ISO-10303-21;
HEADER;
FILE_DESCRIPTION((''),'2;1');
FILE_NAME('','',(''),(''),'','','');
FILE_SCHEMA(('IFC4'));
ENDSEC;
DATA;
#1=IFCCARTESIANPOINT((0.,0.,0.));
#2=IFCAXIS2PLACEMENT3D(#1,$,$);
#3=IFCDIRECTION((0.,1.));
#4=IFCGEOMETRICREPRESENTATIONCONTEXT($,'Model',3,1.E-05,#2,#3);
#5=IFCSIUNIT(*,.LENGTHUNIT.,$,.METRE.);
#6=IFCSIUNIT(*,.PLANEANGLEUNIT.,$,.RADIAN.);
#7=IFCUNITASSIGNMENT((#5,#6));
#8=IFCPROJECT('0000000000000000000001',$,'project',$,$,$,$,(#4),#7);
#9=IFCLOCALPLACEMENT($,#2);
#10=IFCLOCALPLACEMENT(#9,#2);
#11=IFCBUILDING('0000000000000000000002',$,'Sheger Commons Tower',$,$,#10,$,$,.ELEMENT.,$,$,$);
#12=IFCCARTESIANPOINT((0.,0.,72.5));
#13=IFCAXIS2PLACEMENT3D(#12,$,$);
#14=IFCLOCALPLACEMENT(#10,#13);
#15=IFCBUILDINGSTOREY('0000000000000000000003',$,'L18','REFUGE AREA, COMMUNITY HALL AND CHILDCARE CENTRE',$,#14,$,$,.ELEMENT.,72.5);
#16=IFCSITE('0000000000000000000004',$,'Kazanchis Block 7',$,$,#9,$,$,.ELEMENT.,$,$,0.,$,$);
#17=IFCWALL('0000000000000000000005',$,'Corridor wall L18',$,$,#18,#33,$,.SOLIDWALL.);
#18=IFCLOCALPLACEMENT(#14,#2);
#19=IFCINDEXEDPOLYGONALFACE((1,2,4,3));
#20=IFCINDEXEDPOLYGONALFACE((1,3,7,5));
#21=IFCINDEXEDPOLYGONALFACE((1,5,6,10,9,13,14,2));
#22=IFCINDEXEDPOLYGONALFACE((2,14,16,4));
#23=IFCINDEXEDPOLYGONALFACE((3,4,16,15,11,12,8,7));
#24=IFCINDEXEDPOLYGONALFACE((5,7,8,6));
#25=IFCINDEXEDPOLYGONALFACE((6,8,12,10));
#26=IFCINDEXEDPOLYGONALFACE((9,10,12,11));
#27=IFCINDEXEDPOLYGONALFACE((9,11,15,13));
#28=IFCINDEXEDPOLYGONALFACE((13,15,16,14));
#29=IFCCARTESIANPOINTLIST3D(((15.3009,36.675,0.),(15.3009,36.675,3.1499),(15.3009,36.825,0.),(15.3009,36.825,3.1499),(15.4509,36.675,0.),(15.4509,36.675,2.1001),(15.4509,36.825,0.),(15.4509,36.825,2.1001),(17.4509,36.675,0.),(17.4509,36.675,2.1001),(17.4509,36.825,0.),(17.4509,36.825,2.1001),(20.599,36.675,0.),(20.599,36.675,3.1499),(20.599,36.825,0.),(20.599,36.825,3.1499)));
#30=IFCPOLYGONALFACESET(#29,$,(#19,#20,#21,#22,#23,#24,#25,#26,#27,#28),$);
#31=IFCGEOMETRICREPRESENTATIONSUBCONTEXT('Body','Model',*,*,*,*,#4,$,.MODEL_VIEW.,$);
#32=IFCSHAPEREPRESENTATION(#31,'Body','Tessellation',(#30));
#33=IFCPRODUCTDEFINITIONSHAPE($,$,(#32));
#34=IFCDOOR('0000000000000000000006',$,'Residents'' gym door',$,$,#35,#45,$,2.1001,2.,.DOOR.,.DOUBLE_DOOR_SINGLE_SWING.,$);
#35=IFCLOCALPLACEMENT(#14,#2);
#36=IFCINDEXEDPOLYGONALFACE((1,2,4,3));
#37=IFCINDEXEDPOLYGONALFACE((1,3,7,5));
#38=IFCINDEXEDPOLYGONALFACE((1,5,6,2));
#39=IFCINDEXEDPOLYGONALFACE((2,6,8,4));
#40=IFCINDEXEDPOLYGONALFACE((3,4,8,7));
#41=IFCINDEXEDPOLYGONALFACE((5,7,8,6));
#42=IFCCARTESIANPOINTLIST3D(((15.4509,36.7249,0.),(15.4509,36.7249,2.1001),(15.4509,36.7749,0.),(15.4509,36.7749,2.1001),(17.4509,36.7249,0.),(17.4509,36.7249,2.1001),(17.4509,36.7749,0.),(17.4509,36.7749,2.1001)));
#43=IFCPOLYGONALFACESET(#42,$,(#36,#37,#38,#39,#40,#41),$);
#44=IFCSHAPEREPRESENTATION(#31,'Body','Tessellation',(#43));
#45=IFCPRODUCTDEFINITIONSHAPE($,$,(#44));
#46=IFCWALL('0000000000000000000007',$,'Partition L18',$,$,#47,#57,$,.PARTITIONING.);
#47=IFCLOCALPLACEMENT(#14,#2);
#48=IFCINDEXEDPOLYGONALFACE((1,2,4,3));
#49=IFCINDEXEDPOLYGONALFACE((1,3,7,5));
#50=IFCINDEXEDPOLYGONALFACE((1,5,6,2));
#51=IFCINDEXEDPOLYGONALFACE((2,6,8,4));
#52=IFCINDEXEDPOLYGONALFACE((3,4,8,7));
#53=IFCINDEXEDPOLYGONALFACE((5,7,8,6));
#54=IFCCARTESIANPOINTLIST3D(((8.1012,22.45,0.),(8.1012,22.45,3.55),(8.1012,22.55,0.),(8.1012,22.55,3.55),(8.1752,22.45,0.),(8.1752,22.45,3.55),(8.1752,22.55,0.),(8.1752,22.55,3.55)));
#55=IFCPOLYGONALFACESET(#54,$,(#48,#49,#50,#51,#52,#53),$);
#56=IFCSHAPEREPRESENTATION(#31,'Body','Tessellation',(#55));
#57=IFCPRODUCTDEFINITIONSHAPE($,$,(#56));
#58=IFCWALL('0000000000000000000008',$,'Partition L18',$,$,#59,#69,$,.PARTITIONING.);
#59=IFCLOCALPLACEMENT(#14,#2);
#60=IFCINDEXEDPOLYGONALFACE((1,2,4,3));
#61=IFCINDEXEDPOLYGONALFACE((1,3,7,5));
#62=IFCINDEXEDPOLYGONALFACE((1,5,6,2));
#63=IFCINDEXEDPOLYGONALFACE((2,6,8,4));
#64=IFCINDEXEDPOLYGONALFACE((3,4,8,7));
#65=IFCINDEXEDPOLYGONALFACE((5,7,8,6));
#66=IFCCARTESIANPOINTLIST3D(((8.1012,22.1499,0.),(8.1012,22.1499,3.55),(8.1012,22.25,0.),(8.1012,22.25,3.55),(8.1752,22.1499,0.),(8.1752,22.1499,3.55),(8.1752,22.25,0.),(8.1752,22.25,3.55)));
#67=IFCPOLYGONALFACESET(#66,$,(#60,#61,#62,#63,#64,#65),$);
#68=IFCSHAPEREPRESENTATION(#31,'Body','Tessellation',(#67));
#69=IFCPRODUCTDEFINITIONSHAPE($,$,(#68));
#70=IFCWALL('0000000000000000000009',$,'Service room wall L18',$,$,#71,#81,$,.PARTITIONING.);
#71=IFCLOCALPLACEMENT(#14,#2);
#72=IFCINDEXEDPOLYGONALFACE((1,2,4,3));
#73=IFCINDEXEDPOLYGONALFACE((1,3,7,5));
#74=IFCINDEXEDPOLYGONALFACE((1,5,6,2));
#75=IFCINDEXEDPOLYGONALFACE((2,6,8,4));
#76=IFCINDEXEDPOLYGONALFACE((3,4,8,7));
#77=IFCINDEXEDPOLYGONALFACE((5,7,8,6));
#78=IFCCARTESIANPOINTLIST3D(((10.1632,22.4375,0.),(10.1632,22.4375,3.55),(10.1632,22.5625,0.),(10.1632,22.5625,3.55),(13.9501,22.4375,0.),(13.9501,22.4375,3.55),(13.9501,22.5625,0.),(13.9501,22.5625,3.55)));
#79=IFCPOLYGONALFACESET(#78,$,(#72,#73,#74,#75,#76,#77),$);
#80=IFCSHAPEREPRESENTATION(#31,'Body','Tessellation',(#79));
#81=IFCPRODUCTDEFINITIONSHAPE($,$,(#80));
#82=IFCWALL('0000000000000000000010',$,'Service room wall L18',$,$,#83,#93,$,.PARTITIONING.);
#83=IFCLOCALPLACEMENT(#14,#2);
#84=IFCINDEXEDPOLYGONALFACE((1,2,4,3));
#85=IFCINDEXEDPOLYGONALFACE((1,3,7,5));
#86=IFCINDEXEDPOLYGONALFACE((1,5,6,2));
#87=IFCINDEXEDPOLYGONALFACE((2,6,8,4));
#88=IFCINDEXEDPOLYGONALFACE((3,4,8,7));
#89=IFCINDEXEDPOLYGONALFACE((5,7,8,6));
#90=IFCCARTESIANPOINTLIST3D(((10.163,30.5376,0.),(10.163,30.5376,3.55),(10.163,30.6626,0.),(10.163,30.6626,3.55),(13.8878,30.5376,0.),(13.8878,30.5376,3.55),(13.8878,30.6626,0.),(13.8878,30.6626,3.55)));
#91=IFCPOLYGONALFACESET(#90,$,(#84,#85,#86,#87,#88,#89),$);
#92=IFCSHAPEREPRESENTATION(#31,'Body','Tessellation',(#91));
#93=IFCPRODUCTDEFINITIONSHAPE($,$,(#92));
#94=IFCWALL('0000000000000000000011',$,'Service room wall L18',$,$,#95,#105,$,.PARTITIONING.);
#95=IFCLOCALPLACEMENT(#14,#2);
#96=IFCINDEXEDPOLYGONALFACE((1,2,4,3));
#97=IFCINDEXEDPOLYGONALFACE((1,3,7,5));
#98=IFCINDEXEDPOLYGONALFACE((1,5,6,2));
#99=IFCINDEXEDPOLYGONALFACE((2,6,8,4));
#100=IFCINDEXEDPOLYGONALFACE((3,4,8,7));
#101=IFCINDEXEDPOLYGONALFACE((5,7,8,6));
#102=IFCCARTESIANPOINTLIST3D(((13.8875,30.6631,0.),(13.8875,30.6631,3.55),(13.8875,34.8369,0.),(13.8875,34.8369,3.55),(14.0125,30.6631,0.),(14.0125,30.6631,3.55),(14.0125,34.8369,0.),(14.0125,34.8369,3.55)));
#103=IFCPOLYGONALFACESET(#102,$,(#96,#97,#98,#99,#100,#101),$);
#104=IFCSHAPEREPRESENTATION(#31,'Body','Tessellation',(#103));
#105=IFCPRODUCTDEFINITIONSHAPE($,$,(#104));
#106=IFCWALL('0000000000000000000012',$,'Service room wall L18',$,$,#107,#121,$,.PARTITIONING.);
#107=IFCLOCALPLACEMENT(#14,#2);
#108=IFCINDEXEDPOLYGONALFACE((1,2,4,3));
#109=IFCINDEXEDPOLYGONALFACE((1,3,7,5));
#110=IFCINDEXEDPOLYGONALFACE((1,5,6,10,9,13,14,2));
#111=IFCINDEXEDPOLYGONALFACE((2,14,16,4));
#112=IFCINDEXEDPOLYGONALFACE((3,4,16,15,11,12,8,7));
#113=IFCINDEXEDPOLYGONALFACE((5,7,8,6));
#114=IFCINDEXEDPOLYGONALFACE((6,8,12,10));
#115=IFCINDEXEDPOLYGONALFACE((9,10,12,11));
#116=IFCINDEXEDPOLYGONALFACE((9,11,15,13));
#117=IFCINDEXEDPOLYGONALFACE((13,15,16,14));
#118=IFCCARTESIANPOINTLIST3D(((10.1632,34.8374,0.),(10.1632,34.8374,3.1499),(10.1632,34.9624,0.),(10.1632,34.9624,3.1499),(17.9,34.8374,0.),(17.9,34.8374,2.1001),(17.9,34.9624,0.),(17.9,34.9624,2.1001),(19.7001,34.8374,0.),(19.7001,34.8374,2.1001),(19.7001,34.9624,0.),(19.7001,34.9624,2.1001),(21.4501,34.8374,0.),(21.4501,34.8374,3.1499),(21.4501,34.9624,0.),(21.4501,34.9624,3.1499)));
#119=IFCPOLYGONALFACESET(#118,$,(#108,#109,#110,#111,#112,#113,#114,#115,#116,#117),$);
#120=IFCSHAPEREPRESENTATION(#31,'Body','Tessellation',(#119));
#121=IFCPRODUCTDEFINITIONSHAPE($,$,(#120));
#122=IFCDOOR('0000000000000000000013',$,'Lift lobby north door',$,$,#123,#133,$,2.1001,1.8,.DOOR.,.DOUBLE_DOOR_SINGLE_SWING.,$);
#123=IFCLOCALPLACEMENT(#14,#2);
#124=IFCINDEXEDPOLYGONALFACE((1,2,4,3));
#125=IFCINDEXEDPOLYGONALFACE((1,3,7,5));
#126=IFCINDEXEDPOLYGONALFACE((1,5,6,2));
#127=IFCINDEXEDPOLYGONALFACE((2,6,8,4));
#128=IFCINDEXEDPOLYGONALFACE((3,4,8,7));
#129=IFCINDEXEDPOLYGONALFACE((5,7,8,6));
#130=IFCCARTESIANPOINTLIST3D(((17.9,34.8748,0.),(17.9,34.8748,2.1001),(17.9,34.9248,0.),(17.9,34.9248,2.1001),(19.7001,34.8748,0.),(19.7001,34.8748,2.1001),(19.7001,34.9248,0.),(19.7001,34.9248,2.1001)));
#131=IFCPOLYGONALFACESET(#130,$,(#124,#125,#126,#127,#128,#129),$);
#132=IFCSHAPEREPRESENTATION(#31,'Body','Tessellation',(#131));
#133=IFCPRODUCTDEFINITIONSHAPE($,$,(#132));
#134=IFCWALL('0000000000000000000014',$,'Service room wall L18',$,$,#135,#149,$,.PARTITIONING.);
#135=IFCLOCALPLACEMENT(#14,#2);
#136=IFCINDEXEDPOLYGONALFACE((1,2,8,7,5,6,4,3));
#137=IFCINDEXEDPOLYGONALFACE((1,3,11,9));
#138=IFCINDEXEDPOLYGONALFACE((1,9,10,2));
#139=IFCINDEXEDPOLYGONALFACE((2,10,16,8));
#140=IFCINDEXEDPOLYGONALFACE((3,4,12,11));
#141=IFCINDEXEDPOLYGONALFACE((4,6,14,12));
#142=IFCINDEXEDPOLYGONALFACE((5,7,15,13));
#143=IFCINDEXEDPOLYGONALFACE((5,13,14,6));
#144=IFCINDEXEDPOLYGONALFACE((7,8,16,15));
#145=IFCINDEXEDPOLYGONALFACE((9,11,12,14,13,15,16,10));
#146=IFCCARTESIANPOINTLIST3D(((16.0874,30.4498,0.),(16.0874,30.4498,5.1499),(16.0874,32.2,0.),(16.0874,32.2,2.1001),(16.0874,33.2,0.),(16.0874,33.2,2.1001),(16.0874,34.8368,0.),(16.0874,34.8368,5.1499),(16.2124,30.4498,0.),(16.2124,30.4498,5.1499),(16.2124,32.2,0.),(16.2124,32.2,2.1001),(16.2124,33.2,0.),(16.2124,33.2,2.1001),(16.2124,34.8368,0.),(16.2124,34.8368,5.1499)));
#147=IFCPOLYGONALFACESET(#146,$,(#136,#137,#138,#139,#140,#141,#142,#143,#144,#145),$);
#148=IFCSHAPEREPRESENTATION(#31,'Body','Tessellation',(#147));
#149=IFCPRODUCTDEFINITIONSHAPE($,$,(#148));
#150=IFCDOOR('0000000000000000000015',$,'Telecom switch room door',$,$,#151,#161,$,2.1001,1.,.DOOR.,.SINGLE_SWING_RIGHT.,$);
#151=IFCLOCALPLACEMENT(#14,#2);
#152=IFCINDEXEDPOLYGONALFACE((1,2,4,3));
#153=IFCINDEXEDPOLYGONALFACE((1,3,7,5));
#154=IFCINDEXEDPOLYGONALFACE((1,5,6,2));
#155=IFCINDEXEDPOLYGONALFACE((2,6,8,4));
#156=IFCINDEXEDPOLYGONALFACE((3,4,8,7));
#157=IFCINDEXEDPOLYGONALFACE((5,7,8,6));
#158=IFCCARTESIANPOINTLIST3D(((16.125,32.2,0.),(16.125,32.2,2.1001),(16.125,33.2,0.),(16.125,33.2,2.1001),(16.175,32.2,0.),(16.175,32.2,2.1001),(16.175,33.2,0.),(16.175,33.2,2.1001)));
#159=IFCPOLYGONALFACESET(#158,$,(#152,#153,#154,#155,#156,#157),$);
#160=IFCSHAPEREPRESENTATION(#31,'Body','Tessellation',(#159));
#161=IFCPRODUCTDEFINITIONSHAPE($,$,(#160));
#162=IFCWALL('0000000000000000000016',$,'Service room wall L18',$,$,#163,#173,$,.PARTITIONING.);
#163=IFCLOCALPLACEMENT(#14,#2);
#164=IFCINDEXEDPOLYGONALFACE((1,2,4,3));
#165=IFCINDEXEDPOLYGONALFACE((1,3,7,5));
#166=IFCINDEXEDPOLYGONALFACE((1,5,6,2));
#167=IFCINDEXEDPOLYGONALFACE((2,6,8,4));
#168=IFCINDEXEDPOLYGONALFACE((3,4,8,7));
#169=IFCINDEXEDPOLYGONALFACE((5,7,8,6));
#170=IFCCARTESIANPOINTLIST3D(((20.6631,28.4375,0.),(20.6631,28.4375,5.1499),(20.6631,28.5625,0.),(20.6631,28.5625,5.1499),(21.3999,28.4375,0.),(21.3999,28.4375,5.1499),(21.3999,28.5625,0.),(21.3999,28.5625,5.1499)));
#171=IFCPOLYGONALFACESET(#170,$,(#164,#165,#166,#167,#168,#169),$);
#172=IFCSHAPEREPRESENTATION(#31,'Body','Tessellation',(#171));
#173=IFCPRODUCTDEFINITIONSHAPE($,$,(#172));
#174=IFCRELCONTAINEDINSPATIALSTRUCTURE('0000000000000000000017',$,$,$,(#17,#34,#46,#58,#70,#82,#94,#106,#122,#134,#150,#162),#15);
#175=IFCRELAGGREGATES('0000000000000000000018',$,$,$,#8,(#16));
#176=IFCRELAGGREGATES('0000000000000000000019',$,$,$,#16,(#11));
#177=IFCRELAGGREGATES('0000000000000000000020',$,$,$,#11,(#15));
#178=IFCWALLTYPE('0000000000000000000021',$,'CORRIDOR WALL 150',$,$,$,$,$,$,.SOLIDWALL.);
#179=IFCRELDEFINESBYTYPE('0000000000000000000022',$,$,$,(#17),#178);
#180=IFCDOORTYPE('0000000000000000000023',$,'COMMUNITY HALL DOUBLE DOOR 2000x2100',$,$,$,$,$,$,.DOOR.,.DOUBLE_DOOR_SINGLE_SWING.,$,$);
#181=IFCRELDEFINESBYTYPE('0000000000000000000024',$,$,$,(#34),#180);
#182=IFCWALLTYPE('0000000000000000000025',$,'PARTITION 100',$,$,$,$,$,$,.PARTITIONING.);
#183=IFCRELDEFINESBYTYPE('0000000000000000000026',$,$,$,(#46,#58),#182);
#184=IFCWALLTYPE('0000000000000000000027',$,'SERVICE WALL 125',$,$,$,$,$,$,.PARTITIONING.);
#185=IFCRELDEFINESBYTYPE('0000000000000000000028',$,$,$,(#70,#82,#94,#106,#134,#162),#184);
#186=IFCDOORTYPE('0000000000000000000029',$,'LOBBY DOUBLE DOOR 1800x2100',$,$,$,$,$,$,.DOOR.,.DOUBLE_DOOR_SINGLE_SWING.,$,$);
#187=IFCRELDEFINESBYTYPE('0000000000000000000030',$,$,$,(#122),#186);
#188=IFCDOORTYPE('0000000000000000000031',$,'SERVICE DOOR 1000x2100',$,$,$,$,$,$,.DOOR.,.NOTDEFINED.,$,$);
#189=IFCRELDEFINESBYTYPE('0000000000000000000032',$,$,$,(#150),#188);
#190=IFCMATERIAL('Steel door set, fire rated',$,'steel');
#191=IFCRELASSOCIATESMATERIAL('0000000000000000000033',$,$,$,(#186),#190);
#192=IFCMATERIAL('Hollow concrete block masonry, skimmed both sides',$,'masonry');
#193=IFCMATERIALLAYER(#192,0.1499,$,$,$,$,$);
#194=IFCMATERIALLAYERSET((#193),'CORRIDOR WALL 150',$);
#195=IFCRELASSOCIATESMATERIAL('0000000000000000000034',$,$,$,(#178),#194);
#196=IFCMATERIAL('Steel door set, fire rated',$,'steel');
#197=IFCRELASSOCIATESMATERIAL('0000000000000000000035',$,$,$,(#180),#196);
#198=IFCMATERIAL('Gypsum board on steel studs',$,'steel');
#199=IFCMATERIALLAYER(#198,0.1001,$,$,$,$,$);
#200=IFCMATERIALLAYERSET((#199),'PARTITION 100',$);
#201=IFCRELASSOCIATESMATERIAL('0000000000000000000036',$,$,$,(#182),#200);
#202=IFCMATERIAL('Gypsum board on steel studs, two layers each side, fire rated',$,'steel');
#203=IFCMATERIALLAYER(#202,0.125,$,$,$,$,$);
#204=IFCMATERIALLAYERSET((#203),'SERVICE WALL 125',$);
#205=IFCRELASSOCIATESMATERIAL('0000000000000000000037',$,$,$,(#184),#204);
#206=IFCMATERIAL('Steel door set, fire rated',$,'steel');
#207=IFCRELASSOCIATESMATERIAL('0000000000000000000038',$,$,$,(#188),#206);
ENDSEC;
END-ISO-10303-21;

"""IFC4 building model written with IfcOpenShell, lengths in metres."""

from ifc_helpers import new_model, si_unit, direction, frame, frame_2d, origin, place, context, subcontext, project, spatial, rectangle, extrude, material, layer, layer_set, type_object, element, fill, save


model = new_model("IFC4")

# Units and contexts
model_context = context("Model", 3, precision=1e-05, world=origin(), true_north=direction((0.0, 1.0)))
body_context = subcontext(model_context, "Body", "Model", "MODEL_VIEW")
ifc_project = project(units=[si_unit("LENGTHUNIT", "METRE"), si_unit("PLANEANGLEUNIT", "RADIAN")], contexts=[model_context])

# Site, building, storey
site_placement = place(None, origin())
site = spatial("IfcSite", under=ifc_project, at=site_placement, Name="Kazanchis Block 7", CompositionType="ELEMENT", RefElevation=0.0)
building_placement = place(site_placement, origin())
building = spatial("IfcBuilding", under=site, at=building_placement, Name="Sheger Commons Tower", CompositionType="ELEMENT")
storey_placement = place(building_placement, frame((0.0, 0.0, 72.5)))
storey = spatial("IfcBuildingStorey", under=building, at=storey_placement, Name="L18", Description="REFUGE AREA, COMMUNITY HALL AND CHILDCARE CENTRE", CompositionType="ELEMENT", Elevation=72.5)

# Shared definitions
ifc_material_1 = material(Name="Steel door set, fire rated", Category="steel")
door_type_1 = type_object("IfcDoorType", Name="LOBBY DOUBLE DOOR 1800x2100", OperationType="DOUBLE_DOOR_SINGLE_SWING", PredefinedType="DOOR", material=ifc_material_1)

# Shared definitions
ifc_material_2 = material(Name="Hollow concrete block masonry, skimmed both sides", Category="masonry")
ifc_layer_1 = layer(ifc_material_2, 0.1499)
ifc_layer_set_1 = layer_set([ifc_layer_1], Name="CORRIDOR WALL 150")
wall_type_1 = type_object("IfcWallType", Name="CORRIDOR WALL 150", PredefinedType="SOLIDWALL", material=ifc_layer_set_1)

# Wall, opening, door
wall_1_placement = place(storey_placement, frame((15.301, 36.75, 0.0), z_axis=(0.0, 0.0, 1.0), x_axis=(1.0, 0.0, 0.0)))
wall_1 = element("IfcWall", 1, at=wall_1_placement, inside=storey, type_object=wall_type_1, Name="Corridor wall L18", PredefinedType="SOLIDWALL", context=body_context, shape_type="SweptSolid", body=[
    extrude(rectangle(XDim=5.2981, YDim=0.1499, at=frame_2d((2.6489, 0.0))), origin(), (0.0, 0.0, 1.0), 3.1499),
])
opening_1_placement = place(wall_1_placement, frame((0.1499, 0.0, 0.0)))
opening_1 = element("IfcOpeningElement", 2, at=opening_1_placement, cuts=wall_1, PredefinedType="OPENING", context=body_context, shape_type="SweptSolid", body=[
    extrude(rectangle(XDim=2.0, YDim=2.1001, at=frame_2d((1.0, 1.05))), frame((0.0, 0.085, 0.0), z_axis=(0.0, -1.0, 0.0), x_axis=(1.0, 0.0, 0.0)), (0.0, 0.0, 1.0), 0.1699),
])
ifc_material_3 = material(Name="Steel door set, fire rated", Category="steel")
door_type_2 = type_object("IfcDoorType", Name="COMMUNITY HALL DOUBLE DOOR 2000x2100", OperationType="DOUBLE_DOOR_SINGLE_SWING", PredefinedType="DOOR", material=ifc_material_3)
door_1_placement = place(opening_1_placement, origin())
door_1 = element("IfcDoor", 3, at=door_1_placement, inside=storey, type_object=door_type_2, Name="Residents' gym door", OperationType="DOUBLE_DOOR_SINGLE_SWING", OverallHeight=2.1001, OverallWidth=2.0, PredefinedType="DOOR", context=body_context, shape_type="SweptSolid", body=[
    extrude(rectangle(XDim=2.0, YDim=2.1001, at=frame_2d((1.0, 1.05))), frame((0.0, 0.0249, 0.0), z_axis=(0.0, -1.0, 0.0), x_axis=(1.0, 0.0, 0.0)), (0.0, 0.0, 1.0), 0.05),
])
fill(opening_1, door_1)

# Walls
ifc_material_4 = material(Name="Gypsum board on steel studs", Category="steel")
ifc_layer_2 = layer(ifc_material_4, 0.1001)
ifc_layer_set_2 = layer_set([ifc_layer_2], Name="PARTITION 100")
wall_type_2 = type_object("IfcWallType", Name="PARTITION 100", PredefinedType="PARTITIONING", material=ifc_layer_set_2)
for number, where, z_axis, x_axis, name in (
    (4, (8.1011, 22.5, 0.0), (0.0, 0.0, 1.0), (1.0, 0.0, 0.0), "Partition L18"),
    (5, (8.1011, 22.2, 0.0), (0.0, 0.0, 1.0), (1.0, 0.0, 0.0), "Partition L18"),
):
    element("IfcWall", number, at=place(storey_placement, frame(where, z_axis=z_axis, x_axis=x_axis)), inside=storey, type_object=wall_type_2, Name=name, PredefinedType="PARTITIONING", context=body_context, shape_type="SweptSolid", body=[
        extrude(rectangle(XDim=0.074, YDim=0.1001, at=frame_2d((0.0371, 0.0))), origin(), (0.0, 0.0, 1.0), 3.55),
    ])
ifc_material_5 = material(Name="Gypsum board on steel studs, two layers each side, fire rated", Category="steel")
ifc_layer_3 = layer(ifc_material_5, 0.125)
ifc_layer_set_3 = layer_set([ifc_layer_3], Name="SERVICE WALL 125")
wall_type_3 = type_object("IfcWallType", Name="SERVICE WALL 125", PredefinedType="PARTITIONING", material=ifc_layer_set_3)
wall_2_placement = place(storey_placement, frame((10.1631, 22.5, 0.0), z_axis=(0.0, 0.0, 1.0), x_axis=(1.0, 0.0, 0.0)))
element("IfcWall", 6, at=wall_2_placement, inside=storey, type_object=wall_type_3, Name="Service room wall L18", PredefinedType="PARTITIONING", context=body_context, shape_type="SweptSolid", body=[
    extrude(rectangle(XDim=3.7869, YDim=0.125, at=frame_2d((1.8936, 0.0))), origin(), (0.0, 0.0, 1.0), 3.55),
])
wall_3_placement = place(storey_placement, frame((10.1631, 30.6001, 0.0), z_axis=(0.0, 0.0, 1.0), x_axis=(1.0, 0.0, 0.0)))
element("IfcWall", 7, at=wall_3_placement, inside=storey, type_object=wall_type_3, Name="Service room wall L18", PredefinedType="PARTITIONING", context=body_context, shape_type="SweptSolid", body=[
    extrude(rectangle(XDim=3.7249, YDim=0.125, at=frame_2d((1.8623, 0.0))), origin(), (0.0, 0.0, 1.0), 3.55),
])
wall_4_placement = place(storey_placement, frame((13.95, 30.6631, 0.0), z_axis=(0.0, 0.0, 1.0), x_axis=(0.0, 1.0, 0.0)))
element("IfcWall", 8, at=wall_4_placement, inside=storey, type_object=wall_type_3, Name="Service room wall L18", PredefinedType="PARTITIONING", context=body_context, shape_type="SweptSolid", body=[
    extrude(rectangle(XDim=4.1738, YDim=0.125, at=frame_2d((2.0869, 0.0))), origin(), (0.0, 0.0, 1.0), 3.55),
])

# Walls, openings, doors
wall_5_placement = place(storey_placement, frame((10.1631, 34.8999, 0.0), z_axis=(0.0, 0.0, 1.0), x_axis=(1.0, 0.0, 0.0)))
wall_5 = element("IfcWall", 9, at=wall_5_placement, inside=storey, type_object=wall_type_3, Name="Service room wall L18", PredefinedType="PARTITIONING", context=body_context, shape_type="SweptSolid", body=[
    extrude(rectangle(XDim=11.2869, YDim=0.125, at=frame_2d((5.6436, 0.0))), origin(), (0.0, 0.0, 1.0), 3.1499),
])
opening_2_placement = place(wall_5_placement, frame((7.7371, 0.0, 0.0)))
opening_2 = element("IfcOpeningElement", 10, at=opening_2_placement, cuts=wall_5, PredefinedType="OPENING", context=body_context, shape_type="SweptSolid", body=[
    extrude(rectangle(XDim=1.8, YDim=2.1001, at=frame_2d((0.8999, 1.05))), frame((0.0, 0.0725, 0.0), z_axis=(0.0, -1.0, 0.0), x_axis=(1.0, 0.0, 0.0)), (0.0, 0.0, 1.0), 0.145),
])
door_2_placement = place(opening_2_placement, origin())
door_2 = element("IfcDoor", 11, at=door_2_placement, inside=storey, type_object=door_type_1, Name="Lift lobby north door", OperationType="DOUBLE_DOOR_SINGLE_SWING", OverallHeight=2.1001, OverallWidth=1.8, PredefinedType="DOOR", context=body_context, shape_type="SweptSolid", body=[
    extrude(rectangle(XDim=1.8, YDim=2.1001, at=frame_2d((0.8999, 1.05))), frame((0.0, 0.0249, 0.0), z_axis=(0.0, -1.0, 0.0), x_axis=(1.0, 0.0, 0.0)), (0.0, 0.0, 1.0), 0.05),
])
fill(opening_2, door_2)
wall_6_placement = place(storey_placement, frame((16.1499, 30.45, 0.0), z_axis=(0.0, 0.0, 1.0), x_axis=(0.0, 1.0, 0.0)))
wall_6 = element("IfcWall", 12, at=wall_6_placement, inside=storey, type_object=wall_type_3, Name="Service room wall L18", PredefinedType="PARTITIONING", context=body_context, shape_type="SweptSolid", body=[
    extrude(rectangle(XDim=4.387, YDim=0.125, at=frame_2d((2.1934, 0.0))), origin(), (0.0, 0.0, 1.0), 5.1499),
])
opening_3_placement = place(wall_6_placement, frame((1.75, 0.0, 0.0)))
opening_3 = element("IfcOpeningElement", 13, at=opening_3_placement, cuts=wall_6, PredefinedType="OPENING", context=body_context, shape_type="SweptSolid", body=[
    extrude(rectangle(XDim=1.0, YDim=2.1001, at=frame_2d((0.5, 1.05))), frame((0.0, 0.0725, 0.0), z_axis=(0.0, -1.0, 0.0), x_axis=(1.0, 0.0, 0.0)), (0.0, 0.0, 1.0), 0.145),
])
ifc_material_6 = material(Name="Steel door set, fire rated", Category="steel")
door_type_3 = type_object("IfcDoorType", Name="SERVICE DOOR 1000x2100", OperationType="NOTDEFINED", PredefinedType="DOOR", material=ifc_material_6)
door_3_placement = place(opening_3_placement, origin())
door_3 = element("IfcDoor", 14, at=door_3_placement, inside=storey, type_object=door_type_3, Name="Telecom switch room door", OperationType="SINGLE_SWING_RIGHT", OverallHeight=2.1001, OverallWidth=1.0, PredefinedType="DOOR", context=body_context, shape_type="SweptSolid", body=[
    extrude(rectangle(XDim=1.0, YDim=2.1001, at=frame_2d((0.5, 1.05))), frame((0.0, 0.0249, 0.0), z_axis=(0.0, -1.0, 0.0), x_axis=(1.0, 0.0, 0.0)), (0.0, 0.0, 1.0), 0.05),
])
fill(opening_3, door_3)

# Wall
for number, where, z_axis, x_axis, name in (
    (15, (20.6631, 28.5, 0.0), (0.0, 0.0, 1.0), (1.0, 0.0, 0.0), "Service room wall L18"),
):
    element("IfcWall", number, at=place(storey_placement, frame(where, z_axis=z_axis, x_axis=x_axis)), inside=storey, type_object=wall_type_3, Name=name, PredefinedType="PARTITIONING", context=body_context, shape_type="SweptSolid", body=[
        extrude(rectangle(XDim=0.7368, YDim=0.125, at=frame_2d((0.3684, 0.0))), origin(), (0.0, 0.0, 1.0), 5.1499),
    ])

save(model, "model.ifc")
